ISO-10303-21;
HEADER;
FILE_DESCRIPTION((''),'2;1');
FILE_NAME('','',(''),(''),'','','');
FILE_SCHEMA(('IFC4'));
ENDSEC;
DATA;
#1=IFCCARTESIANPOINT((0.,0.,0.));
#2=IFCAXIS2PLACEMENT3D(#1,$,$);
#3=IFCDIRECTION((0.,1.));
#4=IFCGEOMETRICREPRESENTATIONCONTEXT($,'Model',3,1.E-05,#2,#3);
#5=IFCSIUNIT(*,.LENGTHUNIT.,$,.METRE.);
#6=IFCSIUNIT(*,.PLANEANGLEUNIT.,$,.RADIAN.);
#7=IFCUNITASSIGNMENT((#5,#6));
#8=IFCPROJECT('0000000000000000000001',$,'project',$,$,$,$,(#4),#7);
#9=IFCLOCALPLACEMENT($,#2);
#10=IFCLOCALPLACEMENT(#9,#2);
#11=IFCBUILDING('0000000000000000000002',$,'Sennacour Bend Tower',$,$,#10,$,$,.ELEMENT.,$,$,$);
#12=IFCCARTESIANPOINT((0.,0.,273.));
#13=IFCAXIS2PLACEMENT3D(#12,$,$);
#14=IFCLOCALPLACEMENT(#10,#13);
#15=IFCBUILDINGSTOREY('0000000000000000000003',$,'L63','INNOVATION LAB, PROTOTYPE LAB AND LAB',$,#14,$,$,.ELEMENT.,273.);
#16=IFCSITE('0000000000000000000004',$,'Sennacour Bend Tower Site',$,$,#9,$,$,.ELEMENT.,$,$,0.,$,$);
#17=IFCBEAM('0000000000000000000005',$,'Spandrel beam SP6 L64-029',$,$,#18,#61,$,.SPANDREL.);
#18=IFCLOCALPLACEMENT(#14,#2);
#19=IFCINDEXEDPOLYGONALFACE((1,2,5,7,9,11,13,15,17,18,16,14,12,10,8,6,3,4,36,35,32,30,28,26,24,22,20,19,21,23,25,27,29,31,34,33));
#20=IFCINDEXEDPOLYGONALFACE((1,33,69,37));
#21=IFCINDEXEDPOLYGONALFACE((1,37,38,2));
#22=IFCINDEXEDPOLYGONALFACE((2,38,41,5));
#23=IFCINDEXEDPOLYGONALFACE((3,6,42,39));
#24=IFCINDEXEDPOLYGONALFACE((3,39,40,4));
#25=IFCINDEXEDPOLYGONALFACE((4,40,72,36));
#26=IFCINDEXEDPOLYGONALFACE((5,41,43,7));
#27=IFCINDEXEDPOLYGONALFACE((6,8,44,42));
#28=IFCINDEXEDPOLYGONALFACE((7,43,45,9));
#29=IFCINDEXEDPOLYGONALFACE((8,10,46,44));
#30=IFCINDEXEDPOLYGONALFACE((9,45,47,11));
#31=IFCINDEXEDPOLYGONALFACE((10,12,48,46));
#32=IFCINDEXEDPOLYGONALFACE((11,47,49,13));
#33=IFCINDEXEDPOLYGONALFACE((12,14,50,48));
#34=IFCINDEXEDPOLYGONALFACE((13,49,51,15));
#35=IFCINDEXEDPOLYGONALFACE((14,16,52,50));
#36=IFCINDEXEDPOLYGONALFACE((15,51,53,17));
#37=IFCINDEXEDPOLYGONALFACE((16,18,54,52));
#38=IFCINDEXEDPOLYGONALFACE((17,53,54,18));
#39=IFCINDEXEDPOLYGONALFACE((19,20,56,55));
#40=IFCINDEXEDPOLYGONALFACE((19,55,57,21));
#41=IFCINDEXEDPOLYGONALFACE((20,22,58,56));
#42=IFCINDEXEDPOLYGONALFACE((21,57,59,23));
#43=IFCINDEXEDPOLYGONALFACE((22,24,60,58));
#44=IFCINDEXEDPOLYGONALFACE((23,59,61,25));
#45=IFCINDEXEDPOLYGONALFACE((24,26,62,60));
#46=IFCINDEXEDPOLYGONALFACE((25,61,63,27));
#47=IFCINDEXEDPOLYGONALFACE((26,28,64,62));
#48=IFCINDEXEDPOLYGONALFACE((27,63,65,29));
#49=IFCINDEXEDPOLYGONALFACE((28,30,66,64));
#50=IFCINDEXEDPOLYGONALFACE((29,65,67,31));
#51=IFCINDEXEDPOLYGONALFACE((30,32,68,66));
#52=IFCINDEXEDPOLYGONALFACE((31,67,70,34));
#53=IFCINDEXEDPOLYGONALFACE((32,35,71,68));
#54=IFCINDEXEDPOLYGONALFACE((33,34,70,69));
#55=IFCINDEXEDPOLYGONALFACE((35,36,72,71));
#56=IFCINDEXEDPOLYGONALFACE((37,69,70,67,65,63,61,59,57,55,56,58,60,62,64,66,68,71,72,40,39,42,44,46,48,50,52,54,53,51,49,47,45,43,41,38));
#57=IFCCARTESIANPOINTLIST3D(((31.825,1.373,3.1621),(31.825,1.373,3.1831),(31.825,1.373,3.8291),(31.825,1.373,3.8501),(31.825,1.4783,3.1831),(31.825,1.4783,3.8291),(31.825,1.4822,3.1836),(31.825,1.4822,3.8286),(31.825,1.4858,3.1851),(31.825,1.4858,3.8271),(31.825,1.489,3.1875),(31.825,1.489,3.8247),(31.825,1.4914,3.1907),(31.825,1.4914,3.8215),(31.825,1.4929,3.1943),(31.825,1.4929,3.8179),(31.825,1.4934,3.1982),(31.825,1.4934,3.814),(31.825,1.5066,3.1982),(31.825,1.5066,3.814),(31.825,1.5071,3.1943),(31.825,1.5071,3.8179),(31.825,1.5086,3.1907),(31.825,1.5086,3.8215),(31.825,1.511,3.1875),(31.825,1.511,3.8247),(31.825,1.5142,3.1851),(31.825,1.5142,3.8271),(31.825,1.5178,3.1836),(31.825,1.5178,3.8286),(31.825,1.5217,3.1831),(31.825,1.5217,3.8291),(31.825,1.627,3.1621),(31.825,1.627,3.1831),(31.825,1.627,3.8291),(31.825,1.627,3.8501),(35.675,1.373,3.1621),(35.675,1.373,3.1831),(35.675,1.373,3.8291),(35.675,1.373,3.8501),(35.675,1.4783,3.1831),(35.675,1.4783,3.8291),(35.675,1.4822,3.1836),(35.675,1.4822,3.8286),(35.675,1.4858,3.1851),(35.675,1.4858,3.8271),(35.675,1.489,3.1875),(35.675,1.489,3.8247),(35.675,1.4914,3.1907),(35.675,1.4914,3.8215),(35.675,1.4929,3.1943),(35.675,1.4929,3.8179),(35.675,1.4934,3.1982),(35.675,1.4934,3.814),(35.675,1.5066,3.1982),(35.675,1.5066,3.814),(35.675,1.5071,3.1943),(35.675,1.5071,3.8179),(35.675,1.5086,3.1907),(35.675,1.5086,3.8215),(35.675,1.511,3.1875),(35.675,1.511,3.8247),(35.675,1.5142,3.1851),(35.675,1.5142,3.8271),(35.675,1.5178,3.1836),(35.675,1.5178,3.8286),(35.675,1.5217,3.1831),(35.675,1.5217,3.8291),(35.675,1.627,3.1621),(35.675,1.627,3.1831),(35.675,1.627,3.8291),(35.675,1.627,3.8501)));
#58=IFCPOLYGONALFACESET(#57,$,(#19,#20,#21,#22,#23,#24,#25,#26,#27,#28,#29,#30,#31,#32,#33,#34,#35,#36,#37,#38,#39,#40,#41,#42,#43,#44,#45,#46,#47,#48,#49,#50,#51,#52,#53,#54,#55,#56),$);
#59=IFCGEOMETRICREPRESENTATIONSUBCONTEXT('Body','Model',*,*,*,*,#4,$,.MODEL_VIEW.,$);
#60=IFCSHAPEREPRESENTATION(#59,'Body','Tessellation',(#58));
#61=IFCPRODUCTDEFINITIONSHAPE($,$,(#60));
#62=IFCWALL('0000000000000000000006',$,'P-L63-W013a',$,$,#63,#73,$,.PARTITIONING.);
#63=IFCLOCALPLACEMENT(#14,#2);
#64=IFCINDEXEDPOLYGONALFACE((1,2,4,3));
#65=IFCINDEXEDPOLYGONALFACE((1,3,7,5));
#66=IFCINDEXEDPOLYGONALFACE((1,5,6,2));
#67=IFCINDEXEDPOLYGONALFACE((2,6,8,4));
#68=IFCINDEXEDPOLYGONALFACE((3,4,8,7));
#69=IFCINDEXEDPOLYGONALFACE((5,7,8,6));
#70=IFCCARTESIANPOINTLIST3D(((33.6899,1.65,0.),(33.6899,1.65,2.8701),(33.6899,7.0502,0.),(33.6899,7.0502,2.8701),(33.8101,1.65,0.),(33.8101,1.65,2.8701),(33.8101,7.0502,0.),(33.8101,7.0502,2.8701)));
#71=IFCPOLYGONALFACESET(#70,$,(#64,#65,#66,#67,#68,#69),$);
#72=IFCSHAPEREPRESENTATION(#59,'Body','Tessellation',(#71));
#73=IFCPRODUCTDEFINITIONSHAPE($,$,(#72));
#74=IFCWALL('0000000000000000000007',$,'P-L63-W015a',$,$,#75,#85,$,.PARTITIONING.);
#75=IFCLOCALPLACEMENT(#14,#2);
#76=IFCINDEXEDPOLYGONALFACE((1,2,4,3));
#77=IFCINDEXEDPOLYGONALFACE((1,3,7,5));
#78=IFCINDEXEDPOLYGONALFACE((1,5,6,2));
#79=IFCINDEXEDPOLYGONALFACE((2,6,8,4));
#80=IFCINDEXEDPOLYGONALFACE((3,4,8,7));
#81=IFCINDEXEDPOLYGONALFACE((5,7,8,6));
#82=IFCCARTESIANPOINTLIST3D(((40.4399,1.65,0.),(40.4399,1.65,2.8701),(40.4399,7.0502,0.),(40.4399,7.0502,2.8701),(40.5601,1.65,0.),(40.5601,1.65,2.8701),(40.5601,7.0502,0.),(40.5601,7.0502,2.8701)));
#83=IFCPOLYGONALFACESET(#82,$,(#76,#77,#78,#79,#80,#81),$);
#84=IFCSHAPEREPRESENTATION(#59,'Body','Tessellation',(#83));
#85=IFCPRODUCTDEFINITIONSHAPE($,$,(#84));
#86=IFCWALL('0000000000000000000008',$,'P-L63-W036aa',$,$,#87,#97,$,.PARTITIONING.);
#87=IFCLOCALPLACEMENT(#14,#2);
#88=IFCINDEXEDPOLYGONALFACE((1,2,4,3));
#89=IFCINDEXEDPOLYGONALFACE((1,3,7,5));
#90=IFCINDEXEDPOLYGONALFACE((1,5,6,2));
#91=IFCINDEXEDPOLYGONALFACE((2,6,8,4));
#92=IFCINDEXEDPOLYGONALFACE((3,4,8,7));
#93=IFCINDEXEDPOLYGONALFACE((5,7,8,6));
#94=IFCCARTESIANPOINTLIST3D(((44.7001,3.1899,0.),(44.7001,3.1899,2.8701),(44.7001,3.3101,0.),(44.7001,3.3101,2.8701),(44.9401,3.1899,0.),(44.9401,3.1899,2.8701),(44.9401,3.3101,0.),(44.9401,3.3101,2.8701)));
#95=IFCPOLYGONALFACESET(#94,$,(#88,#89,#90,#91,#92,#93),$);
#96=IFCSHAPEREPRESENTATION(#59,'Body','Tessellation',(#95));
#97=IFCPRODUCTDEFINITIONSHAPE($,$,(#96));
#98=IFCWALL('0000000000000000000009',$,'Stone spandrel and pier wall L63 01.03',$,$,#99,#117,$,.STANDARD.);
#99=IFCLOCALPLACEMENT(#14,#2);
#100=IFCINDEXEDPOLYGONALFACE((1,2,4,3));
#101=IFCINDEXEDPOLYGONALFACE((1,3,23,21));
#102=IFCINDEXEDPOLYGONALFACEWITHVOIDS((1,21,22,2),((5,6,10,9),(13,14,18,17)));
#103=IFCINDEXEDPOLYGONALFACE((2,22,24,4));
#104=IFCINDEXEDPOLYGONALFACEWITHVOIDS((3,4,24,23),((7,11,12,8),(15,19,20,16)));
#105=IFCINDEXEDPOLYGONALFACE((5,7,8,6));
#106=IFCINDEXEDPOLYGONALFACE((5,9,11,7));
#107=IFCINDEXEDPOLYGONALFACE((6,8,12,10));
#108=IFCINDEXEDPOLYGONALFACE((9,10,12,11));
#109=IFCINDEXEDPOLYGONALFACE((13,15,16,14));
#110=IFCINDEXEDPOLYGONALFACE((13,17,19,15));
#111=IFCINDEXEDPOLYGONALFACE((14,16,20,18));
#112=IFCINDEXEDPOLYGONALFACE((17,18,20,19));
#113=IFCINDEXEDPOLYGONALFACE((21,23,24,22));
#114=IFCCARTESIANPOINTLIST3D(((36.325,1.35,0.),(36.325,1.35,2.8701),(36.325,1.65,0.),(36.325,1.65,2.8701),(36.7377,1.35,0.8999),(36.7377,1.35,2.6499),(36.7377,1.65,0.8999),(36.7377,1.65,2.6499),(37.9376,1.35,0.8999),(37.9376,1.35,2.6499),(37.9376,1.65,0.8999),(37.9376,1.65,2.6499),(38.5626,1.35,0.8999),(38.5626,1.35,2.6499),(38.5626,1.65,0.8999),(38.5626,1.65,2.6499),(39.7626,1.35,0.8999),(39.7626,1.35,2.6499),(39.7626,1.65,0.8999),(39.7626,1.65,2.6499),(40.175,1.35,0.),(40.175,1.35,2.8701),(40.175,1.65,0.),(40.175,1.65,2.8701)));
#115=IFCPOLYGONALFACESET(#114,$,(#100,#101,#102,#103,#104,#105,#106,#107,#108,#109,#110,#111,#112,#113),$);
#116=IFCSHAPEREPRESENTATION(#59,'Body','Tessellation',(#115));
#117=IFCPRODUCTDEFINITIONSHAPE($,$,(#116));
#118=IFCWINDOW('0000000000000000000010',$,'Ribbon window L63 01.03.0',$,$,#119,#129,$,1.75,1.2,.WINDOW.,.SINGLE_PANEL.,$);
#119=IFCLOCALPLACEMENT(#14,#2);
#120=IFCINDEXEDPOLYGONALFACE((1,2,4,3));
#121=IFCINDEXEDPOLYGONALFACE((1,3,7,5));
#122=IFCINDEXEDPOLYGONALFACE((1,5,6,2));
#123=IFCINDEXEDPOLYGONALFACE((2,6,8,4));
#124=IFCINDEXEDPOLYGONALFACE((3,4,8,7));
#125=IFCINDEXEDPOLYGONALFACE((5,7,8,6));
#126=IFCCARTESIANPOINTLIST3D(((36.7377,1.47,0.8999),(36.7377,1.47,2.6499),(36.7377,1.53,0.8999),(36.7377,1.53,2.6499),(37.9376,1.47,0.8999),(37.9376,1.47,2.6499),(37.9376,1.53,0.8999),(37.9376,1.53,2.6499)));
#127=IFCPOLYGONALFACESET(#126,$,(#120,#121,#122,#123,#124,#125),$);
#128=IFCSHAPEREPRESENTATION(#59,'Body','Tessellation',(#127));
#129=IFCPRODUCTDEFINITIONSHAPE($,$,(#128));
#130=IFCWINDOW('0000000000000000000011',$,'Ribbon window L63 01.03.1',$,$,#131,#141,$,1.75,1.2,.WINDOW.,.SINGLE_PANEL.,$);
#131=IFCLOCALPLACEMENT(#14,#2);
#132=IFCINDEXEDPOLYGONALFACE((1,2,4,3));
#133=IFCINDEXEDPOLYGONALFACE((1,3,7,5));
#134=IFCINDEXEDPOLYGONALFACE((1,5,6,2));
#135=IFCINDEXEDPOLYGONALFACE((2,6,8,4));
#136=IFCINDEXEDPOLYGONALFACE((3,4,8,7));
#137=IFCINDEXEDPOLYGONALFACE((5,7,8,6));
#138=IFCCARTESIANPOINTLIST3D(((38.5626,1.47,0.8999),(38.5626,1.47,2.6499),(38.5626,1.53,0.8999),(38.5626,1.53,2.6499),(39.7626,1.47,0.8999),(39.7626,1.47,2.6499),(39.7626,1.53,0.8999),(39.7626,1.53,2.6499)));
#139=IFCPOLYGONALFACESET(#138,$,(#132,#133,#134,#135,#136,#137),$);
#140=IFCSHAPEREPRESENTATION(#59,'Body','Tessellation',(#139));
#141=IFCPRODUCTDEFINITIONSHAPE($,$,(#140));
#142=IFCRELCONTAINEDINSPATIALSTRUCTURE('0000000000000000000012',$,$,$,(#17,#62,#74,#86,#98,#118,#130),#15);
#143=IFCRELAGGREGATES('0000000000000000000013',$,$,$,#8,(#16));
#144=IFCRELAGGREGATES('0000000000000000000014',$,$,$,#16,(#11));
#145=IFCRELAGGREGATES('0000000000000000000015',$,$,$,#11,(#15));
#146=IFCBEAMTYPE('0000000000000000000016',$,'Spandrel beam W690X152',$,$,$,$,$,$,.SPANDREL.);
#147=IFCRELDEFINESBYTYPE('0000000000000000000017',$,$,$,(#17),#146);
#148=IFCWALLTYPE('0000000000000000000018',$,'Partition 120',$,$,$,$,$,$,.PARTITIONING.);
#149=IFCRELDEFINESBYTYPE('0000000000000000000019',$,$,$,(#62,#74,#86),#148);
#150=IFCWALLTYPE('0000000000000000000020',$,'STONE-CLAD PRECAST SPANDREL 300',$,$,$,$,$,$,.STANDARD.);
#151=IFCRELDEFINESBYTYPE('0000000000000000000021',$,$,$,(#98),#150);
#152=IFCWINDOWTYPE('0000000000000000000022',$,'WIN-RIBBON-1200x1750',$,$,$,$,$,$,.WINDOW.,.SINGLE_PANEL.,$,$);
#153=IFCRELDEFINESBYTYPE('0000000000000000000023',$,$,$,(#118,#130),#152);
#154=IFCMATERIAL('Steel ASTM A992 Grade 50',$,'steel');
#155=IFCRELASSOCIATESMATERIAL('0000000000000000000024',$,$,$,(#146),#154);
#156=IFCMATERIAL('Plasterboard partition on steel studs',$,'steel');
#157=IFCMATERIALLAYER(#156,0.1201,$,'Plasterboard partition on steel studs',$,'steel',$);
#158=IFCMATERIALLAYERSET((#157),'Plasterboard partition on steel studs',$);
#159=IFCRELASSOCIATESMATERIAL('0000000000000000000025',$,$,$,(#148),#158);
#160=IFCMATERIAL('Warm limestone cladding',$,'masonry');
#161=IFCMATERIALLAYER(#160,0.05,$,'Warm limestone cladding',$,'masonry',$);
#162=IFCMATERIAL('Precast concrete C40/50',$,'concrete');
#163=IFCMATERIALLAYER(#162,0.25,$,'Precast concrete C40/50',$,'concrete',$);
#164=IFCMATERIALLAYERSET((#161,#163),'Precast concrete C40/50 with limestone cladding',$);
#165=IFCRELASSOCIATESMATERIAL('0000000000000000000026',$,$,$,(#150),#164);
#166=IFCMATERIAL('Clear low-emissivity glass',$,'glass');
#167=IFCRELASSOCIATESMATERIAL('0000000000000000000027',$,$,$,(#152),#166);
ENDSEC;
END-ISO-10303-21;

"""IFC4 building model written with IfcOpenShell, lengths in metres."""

from ifc_helpers import new_model, si_unit, direction, frame, frame_2d, origin, origin_2d, place, context, subcontext, project, spatial, rectangle, i_section, extrude, material, layer, layer_set, material_profile, profile_set, type_object, element, fill, save


model = new_model("IFC4")

# Units and contexts
model_context = context("Model", 3, precision=1e-05, world=origin(), true_north=direction((0.0, 1.0)))
body_context = subcontext(model_context, "Body", "Model", "MODEL_VIEW")
ifc_project = project(units=[si_unit("LENGTHUNIT", "METRE"), si_unit("PLANEANGLEUNIT", "RADIAN")], contexts=[model_context])

# Site, building, storey
site_placement = place(None, origin())
site = spatial("IfcSite", under=ifc_project, at=site_placement, Name="Sennacour Bend Tower Site", CompositionType="ELEMENT", RefElevation=0.0)
building_placement = place(site_placement, origin())
building = spatial("IfcBuilding", under=site, at=building_placement, Name="Sennacour Bend Tower", CompositionType="ELEMENT")
storey_placement = place(building_placement, frame((0.0, 0.0, 273.0)))
storey = spatial("IfcBuildingStorey", under=building, at=storey_placement, Name="L63", Description="INNOVATION LAB, PROTOTYPE LAB AND LAB", CompositionType="ELEMENT", Elevation=273.0)

# Beam
ifc_material_1 = material(Name="Steel ASTM A992 Grade 50", Category="steel")
ifc_material_profile_1 = material_profile(ifc_material_1, i_section(OverallWidth=0.2539, OverallDepth=0.688, WebThickness=0.0132, FlangeThickness=0.021, FilletRadius=0.0151, at=origin_2d()), Name="Steel ASTM A992 Grade 50", Category="steel")
ifc_profile_set_1 = profile_set([ifc_material_profile_1], Name="Steel ASTM A992 Grade 50")
beam_type_1 = type_object("IfcBeamType", Name="Spandrel beam W690X152", PredefinedType="SPANDREL", material=ifc_profile_set_1)
for number, where, z_axis, x_axis, name in (
    (1, (35.675, 1.5, 3.5061), (-1.0, 0.0, 0.0), (0.0, -1.0, 0.0), "Spandrel beam SP6 L64-029"),
):
    element("IfcBeam", number, at=place(storey_placement, frame(where, z_axis=z_axis, x_axis=x_axis)), inside=storey, type_object=beam_type_1, Name=name, PredefinedType="SPANDREL", context=body_context, shape_type="SweptSolid", body=[
        extrude(i_section(OverallWidth=0.2539, OverallDepth=0.688, WebThickness=0.0132, FlangeThickness=0.021, FilletRadius=0.0151, at=origin_2d()), origin(), (0.0, 0.0, 1.0), 3.8501),
    ])

# Walls
ifc_material_2 = material(Name="Plasterboard partition on steel studs", Category="steel")
ifc_layer_1 = layer(ifc_material_2, 0.1201, Name="Plasterboard partition on steel studs", Category="steel")
ifc_layer_set_1 = layer_set([ifc_layer_1], Name="Plasterboard partition on steel studs")
wall_type_1 = type_object("IfcWallType", Name="Partition 120", PredefinedType="PARTITIONING", material=ifc_layer_set_1)
for number, where, z_axis, x_axis, name in (
    (2, (33.75, 1.6499, 0.0), (0.0, 0.0, 1.0), (0.0, 1.0, 0.0), "P-L63-W013a"),
    (3, (40.5, 1.6499, 0.0), (0.0, 0.0, 1.0), (0.0, 1.0, 0.0), "P-L63-W015a"),
):
    element("IfcWall", number, at=place(storey_placement, frame(where, z_axis=z_axis, x_axis=x_axis)), inside=storey, type_object=wall_type_1, Name=name, PredefinedType="PARTITIONING", context=body_context, shape_type="SweptSolid", body=[
        extrude(rectangle(XDim=5.4001, YDim=0.1201, at=frame_2d((2.7002, 0.0))), origin(), (0.0, 0.0, 1.0), 2.8701),
    ])
wall_1_placement = place(storey_placement, frame((44.7, 3.25, 0.0), z_axis=(0.0, 0.0, 1.0), x_axis=(1.0, 0.0, 0.0)))
element("IfcWall", 4, at=wall_1_placement, inside=storey, type_object=wall_type_1, Name="P-L63-W036aa", PredefinedType="PARTITIONING", context=body_context, shape_type="SweptSolid", body=[
    extrude(rectangle(XDim=0.24, YDim=0.1201, at=frame_2d((0.1201, 0.0))), origin(), (0.0, 0.0, 1.0), 2.8701),
])

# Wall, openings, windows
ifc_material_3 = material(Name="Warm limestone cladding", Category="masonry")
ifc_layer_2 = layer(ifc_material_3, 0.05, Name="Warm limestone cladding", Category="masonry")
ifc_material_4 = material(Name="Precast concrete C40/50", Category="concrete")
ifc_layer_3 = layer(ifc_material_4, 0.25, Name="Precast concrete C40/50", Category="concrete")
ifc_layer_set_2 = layer_set([ifc_layer_2, ifc_layer_3], Name="Precast concrete C40/50 with limestone cladding")
wall_type_2 = type_object("IfcWallType", Name="STONE-CLAD PRECAST SPANDREL 300", PredefinedType="STANDARD", material=ifc_layer_set_2)
wall_2_placement = place(storey_placement, frame((36.325, 1.5, 0.0), z_axis=(0.0, 0.0, 1.0), x_axis=(1.0, 0.0, 0.0)))
wall_2 = element("IfcWall", 5, at=wall_2_placement, inside=storey, type_object=wall_type_2, Name="Stone spandrel and pier wall L63 01.03", PredefinedType="STANDARD", context=body_context, shape_type="SweptSolid", body=[
    extrude(rectangle(XDim=3.8501, YDim=0.3, at=frame_2d((1.925, 0.0))), origin(), (0.0, 0.0, 1.0), 2.8701),
])
opening_1_placement = place(wall_2_placement, frame((0.4126, 0.0, 0.8999)))
opening_1 = element("IfcOpeningElement", 6, at=opening_1_placement, cuts=wall_2, PredefinedType="OPENING", context=body_context, shape_type="SweptSolid", body=[
    extrude(rectangle(XDim=1.2, YDim=1.75, at=frame_2d((0.6001, 0.875))), frame((0.0, 0.1602, 0.0), z_axis=(0.0, -1.0, 0.0), x_axis=(1.0, 0.0, 0.0)), (0.0, 0.0, 1.0), 0.3201),
])
opening_2_placement = place(wall_2_placement, frame((2.2375, 0.0, 0.8999)))
opening_2 = element("IfcOpeningElement", 7, at=opening_2_placement, cuts=wall_2, PredefinedType="OPENING", context=body_context, shape_type="SweptSolid", body=[
    extrude(rectangle(XDim=1.2, YDim=1.75, at=frame_2d((0.6001, 0.875))), frame((0.0, 0.1602, 0.0), z_axis=(0.0, -1.0, 0.0), x_axis=(1.0, 0.0, 0.0)), (0.0, 0.0, 1.0), 0.3201),
])
ifc_material_5 = material(Name="Clear low-emissivity glass", Category="glass")
window_type = type_object("IfcWindowType", Name="WIN-RIBBON-1200x1750", PartitioningType="SINGLE_PANEL", PredefinedType="WINDOW", material=ifc_material_5)
window_1_placement = place(opening_1_placement, origin())
window_1 = element("IfcWindow", 8, at=window_1_placement, inside=storey, type_object=window_type, Name="Ribbon window L63 01.03.0", OverallHeight=1.75, OverallWidth=1.2, PartitioningType="SINGLE_PANEL", PredefinedType="WINDOW", context=body_context, shape_type="SweptSolid", body=[
    extrude(rectangle(XDim=1.2, YDim=1.75, at=frame_2d((0.6001, 0.875))), frame((0.0, 0.03, 0.0), z_axis=(0.0, -1.0, 0.0), x_axis=(1.0, 0.0, 0.0)), (0.0, 0.0, 1.0), 0.0601),
])
fill(opening_1, window_1)
window_2_placement = place(opening_2_placement, origin())
window_2 = element("IfcWindow", 9, at=window_2_placement, inside=storey, type_object=window_type, Name="Ribbon window L63 01.03.1", OverallHeight=1.75, OverallWidth=1.2, PartitioningType="SINGLE_PANEL", PredefinedType="WINDOW", context=body_context, shape_type="SweptSolid", body=[
    extrude(rectangle(XDim=1.2, YDim=1.75, at=frame_2d((0.6001, 0.875))), frame((0.0, 0.03, 0.0), z_axis=(0.0, -1.0, 0.0), x_axis=(1.0, 0.0, 0.0)), (0.0, 0.0, 1.0), 0.0601),
])
fill(opening_2, window_2)

save(model, "model.ifc")
